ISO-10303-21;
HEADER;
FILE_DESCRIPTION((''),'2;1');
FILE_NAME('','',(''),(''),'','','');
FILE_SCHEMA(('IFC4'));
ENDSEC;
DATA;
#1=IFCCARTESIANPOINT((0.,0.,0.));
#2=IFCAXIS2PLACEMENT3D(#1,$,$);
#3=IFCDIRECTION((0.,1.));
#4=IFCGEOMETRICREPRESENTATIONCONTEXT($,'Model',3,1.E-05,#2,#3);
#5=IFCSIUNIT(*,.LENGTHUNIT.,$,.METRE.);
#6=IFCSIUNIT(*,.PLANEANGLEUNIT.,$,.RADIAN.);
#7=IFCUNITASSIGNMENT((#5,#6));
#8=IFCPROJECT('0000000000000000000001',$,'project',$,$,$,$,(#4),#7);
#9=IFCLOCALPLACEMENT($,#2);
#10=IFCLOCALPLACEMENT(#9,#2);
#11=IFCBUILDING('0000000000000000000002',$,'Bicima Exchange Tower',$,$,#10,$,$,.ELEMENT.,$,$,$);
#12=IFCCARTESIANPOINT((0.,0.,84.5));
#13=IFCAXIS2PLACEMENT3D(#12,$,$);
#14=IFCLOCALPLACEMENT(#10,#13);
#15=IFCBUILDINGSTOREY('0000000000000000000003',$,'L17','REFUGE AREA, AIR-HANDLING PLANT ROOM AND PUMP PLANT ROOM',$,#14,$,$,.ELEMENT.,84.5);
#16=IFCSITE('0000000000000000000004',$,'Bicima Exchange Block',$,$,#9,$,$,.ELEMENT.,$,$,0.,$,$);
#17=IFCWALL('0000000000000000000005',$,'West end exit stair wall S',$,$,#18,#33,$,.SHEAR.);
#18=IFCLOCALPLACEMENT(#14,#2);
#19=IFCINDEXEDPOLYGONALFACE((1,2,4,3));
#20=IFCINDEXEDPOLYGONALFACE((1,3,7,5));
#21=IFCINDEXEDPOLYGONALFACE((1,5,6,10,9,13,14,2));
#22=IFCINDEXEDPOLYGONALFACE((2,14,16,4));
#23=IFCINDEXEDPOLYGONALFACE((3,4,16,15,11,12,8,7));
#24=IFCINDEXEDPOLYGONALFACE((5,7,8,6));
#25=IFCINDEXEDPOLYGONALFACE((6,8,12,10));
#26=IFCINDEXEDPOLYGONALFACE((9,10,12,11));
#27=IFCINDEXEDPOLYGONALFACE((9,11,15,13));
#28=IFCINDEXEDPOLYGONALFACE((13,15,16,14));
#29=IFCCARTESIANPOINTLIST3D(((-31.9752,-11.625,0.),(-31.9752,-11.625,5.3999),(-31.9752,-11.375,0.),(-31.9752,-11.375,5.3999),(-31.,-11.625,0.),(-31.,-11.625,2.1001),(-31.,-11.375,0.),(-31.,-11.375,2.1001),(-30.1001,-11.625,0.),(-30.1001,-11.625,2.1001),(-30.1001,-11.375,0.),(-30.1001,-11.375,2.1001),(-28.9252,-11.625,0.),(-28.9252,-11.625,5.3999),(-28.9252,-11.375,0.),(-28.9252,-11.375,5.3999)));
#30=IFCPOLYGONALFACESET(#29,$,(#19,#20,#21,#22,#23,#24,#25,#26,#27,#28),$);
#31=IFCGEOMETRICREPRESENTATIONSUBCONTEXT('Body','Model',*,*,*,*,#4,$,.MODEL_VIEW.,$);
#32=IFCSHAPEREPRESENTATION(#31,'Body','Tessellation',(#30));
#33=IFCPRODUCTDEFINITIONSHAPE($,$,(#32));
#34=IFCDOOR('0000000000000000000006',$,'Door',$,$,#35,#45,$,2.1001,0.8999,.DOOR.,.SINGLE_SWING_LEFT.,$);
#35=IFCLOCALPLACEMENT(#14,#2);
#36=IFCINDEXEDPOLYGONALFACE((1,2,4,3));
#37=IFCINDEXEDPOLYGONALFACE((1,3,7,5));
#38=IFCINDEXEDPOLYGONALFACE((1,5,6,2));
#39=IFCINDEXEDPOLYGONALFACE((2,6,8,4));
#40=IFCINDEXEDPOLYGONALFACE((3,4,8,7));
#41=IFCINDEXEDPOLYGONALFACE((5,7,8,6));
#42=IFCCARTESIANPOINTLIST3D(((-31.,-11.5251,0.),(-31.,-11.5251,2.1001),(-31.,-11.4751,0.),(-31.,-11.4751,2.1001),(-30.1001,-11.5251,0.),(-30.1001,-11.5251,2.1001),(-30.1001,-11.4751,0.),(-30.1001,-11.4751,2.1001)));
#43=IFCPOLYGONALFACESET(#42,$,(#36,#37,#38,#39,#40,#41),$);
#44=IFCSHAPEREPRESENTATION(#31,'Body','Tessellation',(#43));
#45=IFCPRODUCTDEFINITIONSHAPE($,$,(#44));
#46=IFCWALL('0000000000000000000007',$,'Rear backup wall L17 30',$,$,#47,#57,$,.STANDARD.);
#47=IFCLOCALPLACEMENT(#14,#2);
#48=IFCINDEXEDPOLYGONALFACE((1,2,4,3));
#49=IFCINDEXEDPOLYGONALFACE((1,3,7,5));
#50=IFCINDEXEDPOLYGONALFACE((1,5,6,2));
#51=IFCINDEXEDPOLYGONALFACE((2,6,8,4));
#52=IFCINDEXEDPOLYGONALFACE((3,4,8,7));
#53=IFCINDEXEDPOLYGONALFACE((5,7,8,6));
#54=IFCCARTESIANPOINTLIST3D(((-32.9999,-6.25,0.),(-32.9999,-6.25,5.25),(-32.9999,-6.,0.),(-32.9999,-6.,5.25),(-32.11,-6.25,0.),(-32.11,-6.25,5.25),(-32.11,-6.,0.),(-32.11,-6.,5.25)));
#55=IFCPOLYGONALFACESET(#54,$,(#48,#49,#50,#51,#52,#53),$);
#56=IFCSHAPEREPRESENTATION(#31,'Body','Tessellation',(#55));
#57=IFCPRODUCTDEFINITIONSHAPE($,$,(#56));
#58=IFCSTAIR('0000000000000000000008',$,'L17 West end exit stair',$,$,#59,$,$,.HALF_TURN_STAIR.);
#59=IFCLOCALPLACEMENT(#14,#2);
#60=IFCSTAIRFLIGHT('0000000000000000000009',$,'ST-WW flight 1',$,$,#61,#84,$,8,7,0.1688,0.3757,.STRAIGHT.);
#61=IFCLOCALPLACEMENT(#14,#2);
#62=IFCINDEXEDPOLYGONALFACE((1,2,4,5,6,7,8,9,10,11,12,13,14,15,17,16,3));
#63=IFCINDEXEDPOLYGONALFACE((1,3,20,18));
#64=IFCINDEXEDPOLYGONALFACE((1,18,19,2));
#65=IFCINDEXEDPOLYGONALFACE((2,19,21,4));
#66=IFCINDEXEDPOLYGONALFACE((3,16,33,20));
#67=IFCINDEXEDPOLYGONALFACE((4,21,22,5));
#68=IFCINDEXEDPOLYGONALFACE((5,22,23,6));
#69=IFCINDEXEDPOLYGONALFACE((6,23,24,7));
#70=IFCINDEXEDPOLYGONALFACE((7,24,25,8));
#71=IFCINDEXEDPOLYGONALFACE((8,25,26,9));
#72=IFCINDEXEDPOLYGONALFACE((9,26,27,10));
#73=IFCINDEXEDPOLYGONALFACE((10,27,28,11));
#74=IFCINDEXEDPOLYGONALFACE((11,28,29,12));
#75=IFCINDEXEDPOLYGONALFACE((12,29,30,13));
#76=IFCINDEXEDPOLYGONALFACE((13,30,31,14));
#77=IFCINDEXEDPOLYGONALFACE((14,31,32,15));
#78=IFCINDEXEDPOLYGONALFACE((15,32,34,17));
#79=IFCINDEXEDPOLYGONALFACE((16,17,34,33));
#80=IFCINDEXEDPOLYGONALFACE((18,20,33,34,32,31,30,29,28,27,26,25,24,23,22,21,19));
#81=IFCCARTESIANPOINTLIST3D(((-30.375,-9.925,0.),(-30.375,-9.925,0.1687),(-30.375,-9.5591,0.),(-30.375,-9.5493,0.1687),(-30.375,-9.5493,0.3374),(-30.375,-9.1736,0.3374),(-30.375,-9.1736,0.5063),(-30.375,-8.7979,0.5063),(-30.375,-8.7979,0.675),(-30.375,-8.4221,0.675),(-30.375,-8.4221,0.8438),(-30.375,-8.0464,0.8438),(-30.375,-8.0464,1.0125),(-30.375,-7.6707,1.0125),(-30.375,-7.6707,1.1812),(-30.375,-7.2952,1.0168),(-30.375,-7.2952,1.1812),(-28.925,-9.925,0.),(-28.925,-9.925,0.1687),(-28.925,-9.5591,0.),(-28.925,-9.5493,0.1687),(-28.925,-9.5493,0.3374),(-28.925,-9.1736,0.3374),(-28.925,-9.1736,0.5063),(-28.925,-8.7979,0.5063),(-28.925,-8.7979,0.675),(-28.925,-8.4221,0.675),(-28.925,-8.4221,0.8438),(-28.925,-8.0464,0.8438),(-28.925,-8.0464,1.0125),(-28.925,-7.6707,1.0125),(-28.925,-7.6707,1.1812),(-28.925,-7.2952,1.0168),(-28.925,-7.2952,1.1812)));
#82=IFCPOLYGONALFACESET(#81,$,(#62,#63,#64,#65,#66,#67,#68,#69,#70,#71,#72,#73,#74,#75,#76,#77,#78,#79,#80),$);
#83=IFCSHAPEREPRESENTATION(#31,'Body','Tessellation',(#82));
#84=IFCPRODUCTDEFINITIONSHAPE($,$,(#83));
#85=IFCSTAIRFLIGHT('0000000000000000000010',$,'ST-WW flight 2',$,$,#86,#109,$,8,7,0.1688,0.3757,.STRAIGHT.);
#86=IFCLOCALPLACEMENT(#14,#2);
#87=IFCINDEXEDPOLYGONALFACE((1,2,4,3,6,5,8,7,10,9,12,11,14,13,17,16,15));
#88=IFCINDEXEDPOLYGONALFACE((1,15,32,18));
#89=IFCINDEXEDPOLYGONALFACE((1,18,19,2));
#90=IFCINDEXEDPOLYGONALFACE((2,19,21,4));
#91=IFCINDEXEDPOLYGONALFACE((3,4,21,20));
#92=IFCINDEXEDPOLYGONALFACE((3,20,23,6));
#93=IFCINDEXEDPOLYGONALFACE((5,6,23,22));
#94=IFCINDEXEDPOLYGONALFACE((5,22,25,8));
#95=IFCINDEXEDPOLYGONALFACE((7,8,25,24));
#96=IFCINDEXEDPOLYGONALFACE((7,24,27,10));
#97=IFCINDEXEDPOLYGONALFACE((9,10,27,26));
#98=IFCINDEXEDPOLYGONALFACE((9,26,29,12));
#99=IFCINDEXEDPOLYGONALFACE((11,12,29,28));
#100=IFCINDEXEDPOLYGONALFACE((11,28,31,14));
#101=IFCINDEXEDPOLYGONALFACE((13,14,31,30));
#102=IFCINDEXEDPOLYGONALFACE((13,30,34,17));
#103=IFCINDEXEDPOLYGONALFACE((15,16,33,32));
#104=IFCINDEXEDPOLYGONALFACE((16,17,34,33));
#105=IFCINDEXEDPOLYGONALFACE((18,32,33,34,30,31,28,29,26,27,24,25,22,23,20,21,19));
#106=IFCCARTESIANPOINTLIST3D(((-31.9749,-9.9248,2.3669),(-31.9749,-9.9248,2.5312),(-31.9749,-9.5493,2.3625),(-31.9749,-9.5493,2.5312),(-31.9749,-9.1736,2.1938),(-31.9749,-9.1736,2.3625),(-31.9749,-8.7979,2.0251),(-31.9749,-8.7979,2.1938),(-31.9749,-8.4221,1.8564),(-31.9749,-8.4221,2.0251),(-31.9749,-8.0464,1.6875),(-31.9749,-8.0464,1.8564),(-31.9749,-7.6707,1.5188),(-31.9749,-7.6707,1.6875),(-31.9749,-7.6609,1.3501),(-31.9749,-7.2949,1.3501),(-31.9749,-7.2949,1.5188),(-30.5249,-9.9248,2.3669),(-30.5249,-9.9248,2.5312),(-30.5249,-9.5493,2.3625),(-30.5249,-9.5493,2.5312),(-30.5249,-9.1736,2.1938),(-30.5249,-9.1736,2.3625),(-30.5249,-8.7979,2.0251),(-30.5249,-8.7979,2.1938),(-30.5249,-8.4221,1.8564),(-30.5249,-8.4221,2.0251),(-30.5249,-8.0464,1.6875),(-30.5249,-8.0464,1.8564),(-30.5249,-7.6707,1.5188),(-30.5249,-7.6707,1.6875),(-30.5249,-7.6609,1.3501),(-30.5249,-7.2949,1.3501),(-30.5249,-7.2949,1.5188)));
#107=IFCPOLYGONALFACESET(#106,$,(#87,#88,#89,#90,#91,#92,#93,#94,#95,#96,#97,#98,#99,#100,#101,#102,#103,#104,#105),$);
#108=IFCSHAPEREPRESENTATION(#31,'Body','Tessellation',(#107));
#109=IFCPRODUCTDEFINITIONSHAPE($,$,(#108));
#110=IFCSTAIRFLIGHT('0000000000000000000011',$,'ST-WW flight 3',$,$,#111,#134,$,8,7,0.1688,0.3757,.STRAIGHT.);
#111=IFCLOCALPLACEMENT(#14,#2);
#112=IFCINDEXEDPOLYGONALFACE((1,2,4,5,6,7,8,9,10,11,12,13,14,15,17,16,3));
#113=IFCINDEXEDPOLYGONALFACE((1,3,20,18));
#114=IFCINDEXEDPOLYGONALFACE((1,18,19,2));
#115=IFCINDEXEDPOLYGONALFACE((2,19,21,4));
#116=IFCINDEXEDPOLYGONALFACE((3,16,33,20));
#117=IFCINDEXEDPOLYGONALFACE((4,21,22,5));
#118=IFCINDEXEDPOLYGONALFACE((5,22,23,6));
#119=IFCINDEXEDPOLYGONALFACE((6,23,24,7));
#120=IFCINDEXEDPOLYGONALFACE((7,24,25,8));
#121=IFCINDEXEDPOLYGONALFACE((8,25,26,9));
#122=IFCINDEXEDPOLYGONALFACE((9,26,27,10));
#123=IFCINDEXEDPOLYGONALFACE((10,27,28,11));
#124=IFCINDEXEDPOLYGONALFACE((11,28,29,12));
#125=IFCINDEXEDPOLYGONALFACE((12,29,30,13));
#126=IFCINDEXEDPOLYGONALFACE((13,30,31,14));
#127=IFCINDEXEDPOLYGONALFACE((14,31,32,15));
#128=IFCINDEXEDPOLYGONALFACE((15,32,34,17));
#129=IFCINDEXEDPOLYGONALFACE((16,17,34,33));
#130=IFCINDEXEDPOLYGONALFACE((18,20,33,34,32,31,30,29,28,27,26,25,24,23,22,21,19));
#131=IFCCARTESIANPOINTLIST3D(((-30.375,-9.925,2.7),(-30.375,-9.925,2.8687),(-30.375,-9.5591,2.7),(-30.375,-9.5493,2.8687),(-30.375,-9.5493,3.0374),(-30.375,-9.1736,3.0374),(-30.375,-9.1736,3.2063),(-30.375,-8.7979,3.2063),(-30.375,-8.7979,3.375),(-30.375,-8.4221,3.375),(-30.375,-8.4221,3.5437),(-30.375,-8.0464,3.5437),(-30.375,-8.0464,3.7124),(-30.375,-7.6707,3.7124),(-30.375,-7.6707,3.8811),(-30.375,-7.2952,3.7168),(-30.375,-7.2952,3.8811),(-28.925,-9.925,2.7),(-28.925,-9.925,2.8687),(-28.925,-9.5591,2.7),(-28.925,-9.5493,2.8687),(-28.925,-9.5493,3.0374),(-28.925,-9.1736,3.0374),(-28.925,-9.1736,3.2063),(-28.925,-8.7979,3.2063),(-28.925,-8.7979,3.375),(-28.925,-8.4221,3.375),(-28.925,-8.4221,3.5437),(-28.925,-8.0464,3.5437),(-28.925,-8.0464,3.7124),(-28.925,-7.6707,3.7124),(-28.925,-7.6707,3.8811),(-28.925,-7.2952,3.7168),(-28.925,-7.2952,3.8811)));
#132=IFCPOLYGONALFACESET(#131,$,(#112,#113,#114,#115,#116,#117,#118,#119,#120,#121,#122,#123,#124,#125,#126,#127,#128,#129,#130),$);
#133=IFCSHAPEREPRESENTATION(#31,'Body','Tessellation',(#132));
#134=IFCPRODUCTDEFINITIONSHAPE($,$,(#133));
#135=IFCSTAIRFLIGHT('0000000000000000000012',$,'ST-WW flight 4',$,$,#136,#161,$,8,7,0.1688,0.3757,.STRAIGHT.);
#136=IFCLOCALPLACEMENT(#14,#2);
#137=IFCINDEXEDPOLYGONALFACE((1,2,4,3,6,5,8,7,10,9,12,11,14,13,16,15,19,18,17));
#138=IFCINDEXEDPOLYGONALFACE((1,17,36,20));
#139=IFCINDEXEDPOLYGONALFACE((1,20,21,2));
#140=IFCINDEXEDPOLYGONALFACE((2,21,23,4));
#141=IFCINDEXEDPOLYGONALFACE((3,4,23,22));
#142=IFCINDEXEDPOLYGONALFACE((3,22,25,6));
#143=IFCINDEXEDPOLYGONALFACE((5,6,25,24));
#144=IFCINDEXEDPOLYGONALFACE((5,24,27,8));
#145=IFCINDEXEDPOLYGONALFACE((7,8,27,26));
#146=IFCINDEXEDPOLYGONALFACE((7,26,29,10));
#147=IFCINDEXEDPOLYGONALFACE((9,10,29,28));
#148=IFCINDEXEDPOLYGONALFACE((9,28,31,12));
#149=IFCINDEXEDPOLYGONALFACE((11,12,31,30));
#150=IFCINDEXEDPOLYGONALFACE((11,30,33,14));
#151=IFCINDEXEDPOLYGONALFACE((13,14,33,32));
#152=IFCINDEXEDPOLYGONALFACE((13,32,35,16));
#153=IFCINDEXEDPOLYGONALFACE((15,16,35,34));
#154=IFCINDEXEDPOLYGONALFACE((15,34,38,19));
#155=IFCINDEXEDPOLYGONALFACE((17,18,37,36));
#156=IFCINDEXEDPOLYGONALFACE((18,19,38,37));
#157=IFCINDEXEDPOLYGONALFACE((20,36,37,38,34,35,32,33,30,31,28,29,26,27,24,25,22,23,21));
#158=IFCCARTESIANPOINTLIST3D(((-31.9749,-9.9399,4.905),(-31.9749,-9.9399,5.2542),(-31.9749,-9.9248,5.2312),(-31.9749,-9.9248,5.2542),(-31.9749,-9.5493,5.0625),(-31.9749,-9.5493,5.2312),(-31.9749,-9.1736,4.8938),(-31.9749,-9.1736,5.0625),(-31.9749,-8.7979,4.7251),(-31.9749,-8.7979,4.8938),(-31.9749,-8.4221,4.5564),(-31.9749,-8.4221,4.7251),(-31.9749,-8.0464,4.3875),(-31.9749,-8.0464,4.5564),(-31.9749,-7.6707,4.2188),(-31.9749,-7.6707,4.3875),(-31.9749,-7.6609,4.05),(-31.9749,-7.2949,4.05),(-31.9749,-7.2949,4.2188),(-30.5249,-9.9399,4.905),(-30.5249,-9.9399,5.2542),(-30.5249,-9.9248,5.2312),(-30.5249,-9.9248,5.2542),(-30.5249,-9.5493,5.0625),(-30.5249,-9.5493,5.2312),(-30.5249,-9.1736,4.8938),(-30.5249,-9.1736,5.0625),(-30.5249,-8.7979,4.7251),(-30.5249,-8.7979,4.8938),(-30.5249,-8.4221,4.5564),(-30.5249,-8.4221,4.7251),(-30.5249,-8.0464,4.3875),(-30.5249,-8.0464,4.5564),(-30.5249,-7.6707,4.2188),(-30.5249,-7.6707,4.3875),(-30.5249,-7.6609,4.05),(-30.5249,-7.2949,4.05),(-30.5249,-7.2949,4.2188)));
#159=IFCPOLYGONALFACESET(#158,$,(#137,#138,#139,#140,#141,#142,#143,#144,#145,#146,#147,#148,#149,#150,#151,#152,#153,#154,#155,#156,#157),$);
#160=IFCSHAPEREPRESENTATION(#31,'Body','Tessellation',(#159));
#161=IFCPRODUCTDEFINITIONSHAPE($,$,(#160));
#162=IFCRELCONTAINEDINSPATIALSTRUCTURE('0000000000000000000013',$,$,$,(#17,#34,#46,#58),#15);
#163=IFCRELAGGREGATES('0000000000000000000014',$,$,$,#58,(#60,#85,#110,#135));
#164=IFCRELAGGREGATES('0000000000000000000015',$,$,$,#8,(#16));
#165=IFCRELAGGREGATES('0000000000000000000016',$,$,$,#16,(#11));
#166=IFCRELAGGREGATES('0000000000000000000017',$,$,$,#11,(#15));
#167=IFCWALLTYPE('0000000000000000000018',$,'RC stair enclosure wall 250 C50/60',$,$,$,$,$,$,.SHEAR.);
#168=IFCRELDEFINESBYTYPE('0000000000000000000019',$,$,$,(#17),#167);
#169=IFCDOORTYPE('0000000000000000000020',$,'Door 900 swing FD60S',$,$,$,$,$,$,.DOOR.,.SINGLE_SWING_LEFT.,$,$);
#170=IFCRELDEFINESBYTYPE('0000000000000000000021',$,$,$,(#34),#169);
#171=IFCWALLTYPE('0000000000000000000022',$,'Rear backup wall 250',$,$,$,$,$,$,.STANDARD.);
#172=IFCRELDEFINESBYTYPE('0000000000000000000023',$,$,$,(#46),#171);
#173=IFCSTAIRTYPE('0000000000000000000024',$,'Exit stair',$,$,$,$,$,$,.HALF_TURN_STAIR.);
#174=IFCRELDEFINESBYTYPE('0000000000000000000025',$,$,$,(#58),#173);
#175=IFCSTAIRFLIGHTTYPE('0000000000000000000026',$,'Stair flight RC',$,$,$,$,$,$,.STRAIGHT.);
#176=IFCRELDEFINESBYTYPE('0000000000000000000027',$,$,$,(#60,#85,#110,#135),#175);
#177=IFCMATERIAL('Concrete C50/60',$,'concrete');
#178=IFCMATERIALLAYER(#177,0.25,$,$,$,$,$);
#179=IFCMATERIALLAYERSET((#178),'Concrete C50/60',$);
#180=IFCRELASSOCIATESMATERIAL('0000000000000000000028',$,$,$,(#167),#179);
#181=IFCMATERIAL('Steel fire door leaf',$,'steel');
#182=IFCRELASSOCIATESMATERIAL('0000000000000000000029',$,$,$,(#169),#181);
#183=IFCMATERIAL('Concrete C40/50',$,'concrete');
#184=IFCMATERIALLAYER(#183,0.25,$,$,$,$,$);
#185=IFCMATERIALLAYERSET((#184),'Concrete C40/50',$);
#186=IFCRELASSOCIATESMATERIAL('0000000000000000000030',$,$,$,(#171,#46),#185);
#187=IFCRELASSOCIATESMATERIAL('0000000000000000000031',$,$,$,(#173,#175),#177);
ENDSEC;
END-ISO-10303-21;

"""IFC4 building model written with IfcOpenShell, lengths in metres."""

from ifc_helpers import new_model, si_unit, direction, frame, frame_2d, origin, place, context, subcontext, project, spatial, polyline, rectangle, outline, extrude, material, layer, layer_set, layer_usage, type_object, element, fill, aggregate, save


model = new_model("IFC4")

# Units and contexts
model_context = context("Model", 3, precision=1e-05, world=origin(), true_north=direction((0.0, 1.0)))
body_context = subcontext(model_context, "Body", "Model", "MODEL_VIEW")
ifc_project = project(units=[si_unit("LENGTHUNIT", "METRE"), si_unit("PLANEANGLEUNIT", "RADIAN")], contexts=[model_context])

# Site, building, storey
site_placement = place(None, origin())
site = spatial("IfcSite", under=ifc_project, at=site_placement, Name="Bicima Exchange Block", CompositionType="ELEMENT", RefElevation=0.0)
building_placement = place(site_placement, origin())
building = spatial("IfcBuilding", under=site, at=building_placement, Name="Bicima Exchange Tower", CompositionType="ELEMENT")
storey_placement = place(building_placement, frame((0.0, 0.0, 84.5)))
storey = spatial("IfcBuildingStorey", under=building, at=storey_placement, Name="L17", Description="REFUGE AREA, AIR-HANDLING PLANT ROOM AND PUMP PLANT ROOM", CompositionType="ELEMENT", Elevation=84.5)

# Shared definitions
ifc_material_1 = material(Name="Steel fire door leaf", Category="steel")

# Shared definitions
ifc_material_2 = material(Name="Concrete C50/60", Category="concrete")
ifc_layer_1 = layer(ifc_material_2, 0.25)
ifc_layer_set_1 = layer_set([ifc_layer_1], Name="Concrete C50/60")
wall_type_1 = type_object("IfcWallType", Name="RC stair enclosure wall 250 C50/60", PredefinedType="SHEAR", material=ifc_layer_set_1)

# Wall, opening, door
wall_1_placement = place(storey_placement, frame((-31.9751, -11.5, 0.0), z_axis=(0.0, 0.0, 1.0), x_axis=(1.0, 0.0, 0.0)))
wall_1 = element("IfcWall", 1, at=wall_1_placement, inside=storey, type_object=wall_type_1, Name="West end exit stair wall S", PredefinedType="SHEAR", context=body_context, shape_type="SweptSolid", body=[
    extrude(rectangle(XDim=3.05, YDim=0.25, at=frame_2d((1.5249, 0.0))), origin(), (0.0, 0.0, 1.0), 5.3999),
])
opening_1_placement = place(wall_1_placement, frame((0.9751, 0.0, 0.0)))
opening_1 = element("IfcOpeningElement", 2, at=opening_1_placement, cuts=wall_1, PredefinedType="OPENING", context=body_context, shape_type="SweptSolid", body=[
    extrude(rectangle(XDim=0.8999, YDim=2.1001, at=frame_2d((0.45, 1.05))), frame((0.0, 0.137, 0.0), z_axis=(0.0, -1.0, 0.0), x_axis=(1.0, 0.0, 0.0)), (0.0, 0.0, 1.0), 0.2739),
])
door_type_1 = type_object("IfcDoorType", Name="Door 900 swing FD60S", OperationType="SINGLE_SWING_LEFT", PredefinedType="DOOR", material=ifc_material_1)
door_1_placement = place(opening_1_placement, origin())
door_1 = element("IfcDoor", 3, at=door_1_placement, inside=storey, type_object=door_type_1, Name="Door", OperationType="SINGLE_SWING_LEFT", OverallHeight=2.1001, OverallWidth=0.8999, PredefinedType="DOOR", context=body_context, shape_type="SweptSolid", body=[
    extrude(rectangle(XDim=0.8999, YDim=2.1001, at=frame_2d((0.45, 1.05))), frame((0.0, 0.0249, 0.0), z_axis=(0.0, -1.0, 0.0), x_axis=(1.0, 0.0, 0.0)), (0.0, 0.0, 1.0), 0.05),
])
fill(opening_1, door_1)

# Wall
ifc_material_3 = material(Name="Concrete C40/50", Category="concrete")
ifc_layer_2 = layer(ifc_material_3, 0.25)
ifc_layer_set_2 = layer_set([ifc_layer_2], Name="Concrete C40/50")
ifc_layer_usage = layer_usage(ifc_layer_set_2, "AXIS2", "POSITIVE", -0.125)
wall_type_2 = type_object("IfcWallType", Name="Rear backup wall 250", PredefinedType="STANDARD", material=ifc_layer_set_2)
wall_2_placement = place(storey_placement, frame((-32.1101, -6.125, 0.0), z_axis=(0.0, 0.0, 1.0), x_axis=(-1.0, 0.0, 0.0)))
element("IfcWall", 4, at=wall_2_placement, inside=storey, type_object=wall_type_2, material=ifc_layer_usage, Name="Rear backup wall L17 30", PredefinedType="STANDARD", context=body_context, shape_type="SweptSolid", body=[
    extrude(rectangle(XDim=0.8899, YDim=0.25, at=frame_2d((0.4448, 0.0))), origin(), (0.0, 0.0, 1.0), 5.25),
])

# Stair, stair flights
stair_type = type_object("IfcStairType", Name="Exit stair", PredefinedType="HALF_TURN_STAIR", material=ifc_material_2)
stair_placement = place(storey_placement, origin())
stair = element("IfcStair", 5, at=stair_placement, inside=storey, type_object=stair_type, Name="L17 West end exit stair", PredefinedType="HALF_TURN_STAIR")
stair_flight_type = type_object("IfcStairFlightType", Name="Stair flight RC", PredefinedType="STRAIGHT", material=ifc_material_2)
stair_flight_1_placement = place(storey_placement, frame((-29.6499, -9.925, 0.0), z_axis=(0.0, 0.0, 1.0), x_axis=(0.0, 1.0, 0.0)))
stair_flight_1 = element("IfcStairFlight", 6, at=stair_flight_1_placement, type_object=stair_flight_type, Name="ST-WW flight 1", NumberOfRisers=8, NumberOfTreads=7, PredefinedType="STRAIGHT", RiserHeight=0.1688, TreadLength=0.3757, context=body_context, shape_type="SweptSolid", body=[
    extrude(outline(polyline([(0.0, 0.0), (0.0, 0.1687), (0.3757, 0.1687), (0.3757, 0.3374), (0.7515, 0.3374), (0.7515, 0.5063), (1.1272, 0.5063), (1.1272, 0.675), (1.5029, 0.675), (1.5029, 0.8438), (1.8787, 0.8438), (1.8787, 1.0125), (2.2544, 1.0125), (2.2544, 1.1812), (2.6299, 1.1812), (2.6299, 1.3501), (2.6299, 1.0168), (0.366, 0.0), (0.0, 0.0)])), frame((0.0, 0.7251, 0.0), z_axis=(0.0, -1.0, 0.0), x_axis=(1.0, 0.0, 0.0)), (0.0, 0.0, 1.0), 1.45),
])
stair_flight_2_placement = place(storey_placement, frame((-31.25, -7.2949, 1.3501), z_axis=(0.0, 0.0, 1.0), x_axis=(0.0, -1.0, 0.0)))
stair_flight_2 = element("IfcStairFlight", 7, at=stair_flight_2_placement, type_object=stair_flight_type, Name="ST-WW flight 2", NumberOfRisers=8, NumberOfTreads=7, PredefinedType="STRAIGHT", RiserHeight=0.1688, TreadLength=0.3757, context=body_context, shape_type="SweptSolid", body=[
    extrude(outline(polyline([(0.0, 0.0), (0.0, 0.1687), (0.3757, 0.1687), (0.3757, 0.3374), (0.7515, 0.3374), (0.7515, 0.5063), (1.1272, 0.5063), (1.1272, 0.675), (1.5029, 0.675), (1.5029, 0.8438), (1.8787, 0.8438), (1.8787, 1.0125), (2.2544, 1.0125), (2.2544, 1.1812), (2.6299, 1.1812), (2.6299, 1.3501), (2.6299, 1.0168), (0.366, 0.0), (0.0, 0.0)])), frame((0.0, 0.7251, 0.0), z_axis=(0.0, -1.0, 0.0), x_axis=(1.0, 0.0, 0.0)), (0.0, 0.0, 1.0), 1.45),
])
stair_flight_3_placement = place(storey_placement, frame((-29.6499, -9.925, 2.7), z_axis=(0.0, 0.0, 1.0), x_axis=(0.0, 1.0, 0.0)))
stair_flight_3 = element("IfcStairFlight", 8, at=stair_flight_3_placement, type_object=stair_flight_type, Name="ST-WW flight 3", NumberOfRisers=8, NumberOfTreads=7, PredefinedType="STRAIGHT", RiserHeight=0.1688, TreadLength=0.3757, context=body_context, shape_type="SweptSolid", body=[
    extrude(outline(polyline([(0.0, 0.0), (0.0, 0.1687), (0.3757, 0.1687), (0.3757, 0.3374), (0.7515, 0.3374), (0.7515, 0.5063), (1.1272, 0.5063), (1.1272, 0.675), (1.5029, 0.675), (1.5029, 0.8438), (1.8787, 0.8438), (1.8787, 1.0125), (2.2544, 1.0125), (2.2544, 1.1812), (2.6299, 1.1812), (2.6299, 1.3501), (2.6299, 1.0168), (0.366, 0.0), (0.0, 0.0)])), frame((0.0, 0.7251, 0.0), z_axis=(0.0, -1.0, 0.0), x_axis=(1.0, 0.0, 0.0)), (0.0, 0.0, 1.0), 1.45),
])
stair_flight_4_placement = place(storey_placement, frame((-31.25, -7.2949, 4.05), z_axis=(0.0, 0.0, 1.0), x_axis=(0.0, -1.0, 0.0)))
stair_flight_4 = element("IfcStairFlight", 9, at=stair_flight_4_placement, type_object=stair_flight_type, Name="ST-WW flight 4", NumberOfRisers=8, NumberOfTreads=7, PredefinedType="STRAIGHT", RiserHeight=0.1688, TreadLength=0.3757, context=body_context, shape_type="SweptSolid", body=[
    extrude(outline(polyline([(0.0, 0.0), (0.0, 0.1687), (0.3757, 0.1687), (0.3757, 0.3374), (0.7515, 0.3374), (0.7515, 0.5063), (1.1272, 0.5063), (1.1272, 0.675), (1.5029, 0.675), (1.5029, 0.8438), (1.8787, 0.8438), (1.8787, 1.0125), (2.2544, 1.0125), (2.2544, 1.1812), (2.6299, 1.1812), (2.6299, 1.2041), (2.645, 1.2041), (2.645, 0.855), (0.366, 0.0), (0.0, 0.0)])), frame((0.0, 0.7251, 0.0), z_axis=(0.0, -1.0, 0.0), x_axis=(1.0, 0.0, 0.0)), (0.0, 0.0, 1.0), 1.45),
])
aggregate(stair, [stair_flight_1, stair_flight_2, stair_flight_3, stair_flight_4])

save(model, "model.ifc")
